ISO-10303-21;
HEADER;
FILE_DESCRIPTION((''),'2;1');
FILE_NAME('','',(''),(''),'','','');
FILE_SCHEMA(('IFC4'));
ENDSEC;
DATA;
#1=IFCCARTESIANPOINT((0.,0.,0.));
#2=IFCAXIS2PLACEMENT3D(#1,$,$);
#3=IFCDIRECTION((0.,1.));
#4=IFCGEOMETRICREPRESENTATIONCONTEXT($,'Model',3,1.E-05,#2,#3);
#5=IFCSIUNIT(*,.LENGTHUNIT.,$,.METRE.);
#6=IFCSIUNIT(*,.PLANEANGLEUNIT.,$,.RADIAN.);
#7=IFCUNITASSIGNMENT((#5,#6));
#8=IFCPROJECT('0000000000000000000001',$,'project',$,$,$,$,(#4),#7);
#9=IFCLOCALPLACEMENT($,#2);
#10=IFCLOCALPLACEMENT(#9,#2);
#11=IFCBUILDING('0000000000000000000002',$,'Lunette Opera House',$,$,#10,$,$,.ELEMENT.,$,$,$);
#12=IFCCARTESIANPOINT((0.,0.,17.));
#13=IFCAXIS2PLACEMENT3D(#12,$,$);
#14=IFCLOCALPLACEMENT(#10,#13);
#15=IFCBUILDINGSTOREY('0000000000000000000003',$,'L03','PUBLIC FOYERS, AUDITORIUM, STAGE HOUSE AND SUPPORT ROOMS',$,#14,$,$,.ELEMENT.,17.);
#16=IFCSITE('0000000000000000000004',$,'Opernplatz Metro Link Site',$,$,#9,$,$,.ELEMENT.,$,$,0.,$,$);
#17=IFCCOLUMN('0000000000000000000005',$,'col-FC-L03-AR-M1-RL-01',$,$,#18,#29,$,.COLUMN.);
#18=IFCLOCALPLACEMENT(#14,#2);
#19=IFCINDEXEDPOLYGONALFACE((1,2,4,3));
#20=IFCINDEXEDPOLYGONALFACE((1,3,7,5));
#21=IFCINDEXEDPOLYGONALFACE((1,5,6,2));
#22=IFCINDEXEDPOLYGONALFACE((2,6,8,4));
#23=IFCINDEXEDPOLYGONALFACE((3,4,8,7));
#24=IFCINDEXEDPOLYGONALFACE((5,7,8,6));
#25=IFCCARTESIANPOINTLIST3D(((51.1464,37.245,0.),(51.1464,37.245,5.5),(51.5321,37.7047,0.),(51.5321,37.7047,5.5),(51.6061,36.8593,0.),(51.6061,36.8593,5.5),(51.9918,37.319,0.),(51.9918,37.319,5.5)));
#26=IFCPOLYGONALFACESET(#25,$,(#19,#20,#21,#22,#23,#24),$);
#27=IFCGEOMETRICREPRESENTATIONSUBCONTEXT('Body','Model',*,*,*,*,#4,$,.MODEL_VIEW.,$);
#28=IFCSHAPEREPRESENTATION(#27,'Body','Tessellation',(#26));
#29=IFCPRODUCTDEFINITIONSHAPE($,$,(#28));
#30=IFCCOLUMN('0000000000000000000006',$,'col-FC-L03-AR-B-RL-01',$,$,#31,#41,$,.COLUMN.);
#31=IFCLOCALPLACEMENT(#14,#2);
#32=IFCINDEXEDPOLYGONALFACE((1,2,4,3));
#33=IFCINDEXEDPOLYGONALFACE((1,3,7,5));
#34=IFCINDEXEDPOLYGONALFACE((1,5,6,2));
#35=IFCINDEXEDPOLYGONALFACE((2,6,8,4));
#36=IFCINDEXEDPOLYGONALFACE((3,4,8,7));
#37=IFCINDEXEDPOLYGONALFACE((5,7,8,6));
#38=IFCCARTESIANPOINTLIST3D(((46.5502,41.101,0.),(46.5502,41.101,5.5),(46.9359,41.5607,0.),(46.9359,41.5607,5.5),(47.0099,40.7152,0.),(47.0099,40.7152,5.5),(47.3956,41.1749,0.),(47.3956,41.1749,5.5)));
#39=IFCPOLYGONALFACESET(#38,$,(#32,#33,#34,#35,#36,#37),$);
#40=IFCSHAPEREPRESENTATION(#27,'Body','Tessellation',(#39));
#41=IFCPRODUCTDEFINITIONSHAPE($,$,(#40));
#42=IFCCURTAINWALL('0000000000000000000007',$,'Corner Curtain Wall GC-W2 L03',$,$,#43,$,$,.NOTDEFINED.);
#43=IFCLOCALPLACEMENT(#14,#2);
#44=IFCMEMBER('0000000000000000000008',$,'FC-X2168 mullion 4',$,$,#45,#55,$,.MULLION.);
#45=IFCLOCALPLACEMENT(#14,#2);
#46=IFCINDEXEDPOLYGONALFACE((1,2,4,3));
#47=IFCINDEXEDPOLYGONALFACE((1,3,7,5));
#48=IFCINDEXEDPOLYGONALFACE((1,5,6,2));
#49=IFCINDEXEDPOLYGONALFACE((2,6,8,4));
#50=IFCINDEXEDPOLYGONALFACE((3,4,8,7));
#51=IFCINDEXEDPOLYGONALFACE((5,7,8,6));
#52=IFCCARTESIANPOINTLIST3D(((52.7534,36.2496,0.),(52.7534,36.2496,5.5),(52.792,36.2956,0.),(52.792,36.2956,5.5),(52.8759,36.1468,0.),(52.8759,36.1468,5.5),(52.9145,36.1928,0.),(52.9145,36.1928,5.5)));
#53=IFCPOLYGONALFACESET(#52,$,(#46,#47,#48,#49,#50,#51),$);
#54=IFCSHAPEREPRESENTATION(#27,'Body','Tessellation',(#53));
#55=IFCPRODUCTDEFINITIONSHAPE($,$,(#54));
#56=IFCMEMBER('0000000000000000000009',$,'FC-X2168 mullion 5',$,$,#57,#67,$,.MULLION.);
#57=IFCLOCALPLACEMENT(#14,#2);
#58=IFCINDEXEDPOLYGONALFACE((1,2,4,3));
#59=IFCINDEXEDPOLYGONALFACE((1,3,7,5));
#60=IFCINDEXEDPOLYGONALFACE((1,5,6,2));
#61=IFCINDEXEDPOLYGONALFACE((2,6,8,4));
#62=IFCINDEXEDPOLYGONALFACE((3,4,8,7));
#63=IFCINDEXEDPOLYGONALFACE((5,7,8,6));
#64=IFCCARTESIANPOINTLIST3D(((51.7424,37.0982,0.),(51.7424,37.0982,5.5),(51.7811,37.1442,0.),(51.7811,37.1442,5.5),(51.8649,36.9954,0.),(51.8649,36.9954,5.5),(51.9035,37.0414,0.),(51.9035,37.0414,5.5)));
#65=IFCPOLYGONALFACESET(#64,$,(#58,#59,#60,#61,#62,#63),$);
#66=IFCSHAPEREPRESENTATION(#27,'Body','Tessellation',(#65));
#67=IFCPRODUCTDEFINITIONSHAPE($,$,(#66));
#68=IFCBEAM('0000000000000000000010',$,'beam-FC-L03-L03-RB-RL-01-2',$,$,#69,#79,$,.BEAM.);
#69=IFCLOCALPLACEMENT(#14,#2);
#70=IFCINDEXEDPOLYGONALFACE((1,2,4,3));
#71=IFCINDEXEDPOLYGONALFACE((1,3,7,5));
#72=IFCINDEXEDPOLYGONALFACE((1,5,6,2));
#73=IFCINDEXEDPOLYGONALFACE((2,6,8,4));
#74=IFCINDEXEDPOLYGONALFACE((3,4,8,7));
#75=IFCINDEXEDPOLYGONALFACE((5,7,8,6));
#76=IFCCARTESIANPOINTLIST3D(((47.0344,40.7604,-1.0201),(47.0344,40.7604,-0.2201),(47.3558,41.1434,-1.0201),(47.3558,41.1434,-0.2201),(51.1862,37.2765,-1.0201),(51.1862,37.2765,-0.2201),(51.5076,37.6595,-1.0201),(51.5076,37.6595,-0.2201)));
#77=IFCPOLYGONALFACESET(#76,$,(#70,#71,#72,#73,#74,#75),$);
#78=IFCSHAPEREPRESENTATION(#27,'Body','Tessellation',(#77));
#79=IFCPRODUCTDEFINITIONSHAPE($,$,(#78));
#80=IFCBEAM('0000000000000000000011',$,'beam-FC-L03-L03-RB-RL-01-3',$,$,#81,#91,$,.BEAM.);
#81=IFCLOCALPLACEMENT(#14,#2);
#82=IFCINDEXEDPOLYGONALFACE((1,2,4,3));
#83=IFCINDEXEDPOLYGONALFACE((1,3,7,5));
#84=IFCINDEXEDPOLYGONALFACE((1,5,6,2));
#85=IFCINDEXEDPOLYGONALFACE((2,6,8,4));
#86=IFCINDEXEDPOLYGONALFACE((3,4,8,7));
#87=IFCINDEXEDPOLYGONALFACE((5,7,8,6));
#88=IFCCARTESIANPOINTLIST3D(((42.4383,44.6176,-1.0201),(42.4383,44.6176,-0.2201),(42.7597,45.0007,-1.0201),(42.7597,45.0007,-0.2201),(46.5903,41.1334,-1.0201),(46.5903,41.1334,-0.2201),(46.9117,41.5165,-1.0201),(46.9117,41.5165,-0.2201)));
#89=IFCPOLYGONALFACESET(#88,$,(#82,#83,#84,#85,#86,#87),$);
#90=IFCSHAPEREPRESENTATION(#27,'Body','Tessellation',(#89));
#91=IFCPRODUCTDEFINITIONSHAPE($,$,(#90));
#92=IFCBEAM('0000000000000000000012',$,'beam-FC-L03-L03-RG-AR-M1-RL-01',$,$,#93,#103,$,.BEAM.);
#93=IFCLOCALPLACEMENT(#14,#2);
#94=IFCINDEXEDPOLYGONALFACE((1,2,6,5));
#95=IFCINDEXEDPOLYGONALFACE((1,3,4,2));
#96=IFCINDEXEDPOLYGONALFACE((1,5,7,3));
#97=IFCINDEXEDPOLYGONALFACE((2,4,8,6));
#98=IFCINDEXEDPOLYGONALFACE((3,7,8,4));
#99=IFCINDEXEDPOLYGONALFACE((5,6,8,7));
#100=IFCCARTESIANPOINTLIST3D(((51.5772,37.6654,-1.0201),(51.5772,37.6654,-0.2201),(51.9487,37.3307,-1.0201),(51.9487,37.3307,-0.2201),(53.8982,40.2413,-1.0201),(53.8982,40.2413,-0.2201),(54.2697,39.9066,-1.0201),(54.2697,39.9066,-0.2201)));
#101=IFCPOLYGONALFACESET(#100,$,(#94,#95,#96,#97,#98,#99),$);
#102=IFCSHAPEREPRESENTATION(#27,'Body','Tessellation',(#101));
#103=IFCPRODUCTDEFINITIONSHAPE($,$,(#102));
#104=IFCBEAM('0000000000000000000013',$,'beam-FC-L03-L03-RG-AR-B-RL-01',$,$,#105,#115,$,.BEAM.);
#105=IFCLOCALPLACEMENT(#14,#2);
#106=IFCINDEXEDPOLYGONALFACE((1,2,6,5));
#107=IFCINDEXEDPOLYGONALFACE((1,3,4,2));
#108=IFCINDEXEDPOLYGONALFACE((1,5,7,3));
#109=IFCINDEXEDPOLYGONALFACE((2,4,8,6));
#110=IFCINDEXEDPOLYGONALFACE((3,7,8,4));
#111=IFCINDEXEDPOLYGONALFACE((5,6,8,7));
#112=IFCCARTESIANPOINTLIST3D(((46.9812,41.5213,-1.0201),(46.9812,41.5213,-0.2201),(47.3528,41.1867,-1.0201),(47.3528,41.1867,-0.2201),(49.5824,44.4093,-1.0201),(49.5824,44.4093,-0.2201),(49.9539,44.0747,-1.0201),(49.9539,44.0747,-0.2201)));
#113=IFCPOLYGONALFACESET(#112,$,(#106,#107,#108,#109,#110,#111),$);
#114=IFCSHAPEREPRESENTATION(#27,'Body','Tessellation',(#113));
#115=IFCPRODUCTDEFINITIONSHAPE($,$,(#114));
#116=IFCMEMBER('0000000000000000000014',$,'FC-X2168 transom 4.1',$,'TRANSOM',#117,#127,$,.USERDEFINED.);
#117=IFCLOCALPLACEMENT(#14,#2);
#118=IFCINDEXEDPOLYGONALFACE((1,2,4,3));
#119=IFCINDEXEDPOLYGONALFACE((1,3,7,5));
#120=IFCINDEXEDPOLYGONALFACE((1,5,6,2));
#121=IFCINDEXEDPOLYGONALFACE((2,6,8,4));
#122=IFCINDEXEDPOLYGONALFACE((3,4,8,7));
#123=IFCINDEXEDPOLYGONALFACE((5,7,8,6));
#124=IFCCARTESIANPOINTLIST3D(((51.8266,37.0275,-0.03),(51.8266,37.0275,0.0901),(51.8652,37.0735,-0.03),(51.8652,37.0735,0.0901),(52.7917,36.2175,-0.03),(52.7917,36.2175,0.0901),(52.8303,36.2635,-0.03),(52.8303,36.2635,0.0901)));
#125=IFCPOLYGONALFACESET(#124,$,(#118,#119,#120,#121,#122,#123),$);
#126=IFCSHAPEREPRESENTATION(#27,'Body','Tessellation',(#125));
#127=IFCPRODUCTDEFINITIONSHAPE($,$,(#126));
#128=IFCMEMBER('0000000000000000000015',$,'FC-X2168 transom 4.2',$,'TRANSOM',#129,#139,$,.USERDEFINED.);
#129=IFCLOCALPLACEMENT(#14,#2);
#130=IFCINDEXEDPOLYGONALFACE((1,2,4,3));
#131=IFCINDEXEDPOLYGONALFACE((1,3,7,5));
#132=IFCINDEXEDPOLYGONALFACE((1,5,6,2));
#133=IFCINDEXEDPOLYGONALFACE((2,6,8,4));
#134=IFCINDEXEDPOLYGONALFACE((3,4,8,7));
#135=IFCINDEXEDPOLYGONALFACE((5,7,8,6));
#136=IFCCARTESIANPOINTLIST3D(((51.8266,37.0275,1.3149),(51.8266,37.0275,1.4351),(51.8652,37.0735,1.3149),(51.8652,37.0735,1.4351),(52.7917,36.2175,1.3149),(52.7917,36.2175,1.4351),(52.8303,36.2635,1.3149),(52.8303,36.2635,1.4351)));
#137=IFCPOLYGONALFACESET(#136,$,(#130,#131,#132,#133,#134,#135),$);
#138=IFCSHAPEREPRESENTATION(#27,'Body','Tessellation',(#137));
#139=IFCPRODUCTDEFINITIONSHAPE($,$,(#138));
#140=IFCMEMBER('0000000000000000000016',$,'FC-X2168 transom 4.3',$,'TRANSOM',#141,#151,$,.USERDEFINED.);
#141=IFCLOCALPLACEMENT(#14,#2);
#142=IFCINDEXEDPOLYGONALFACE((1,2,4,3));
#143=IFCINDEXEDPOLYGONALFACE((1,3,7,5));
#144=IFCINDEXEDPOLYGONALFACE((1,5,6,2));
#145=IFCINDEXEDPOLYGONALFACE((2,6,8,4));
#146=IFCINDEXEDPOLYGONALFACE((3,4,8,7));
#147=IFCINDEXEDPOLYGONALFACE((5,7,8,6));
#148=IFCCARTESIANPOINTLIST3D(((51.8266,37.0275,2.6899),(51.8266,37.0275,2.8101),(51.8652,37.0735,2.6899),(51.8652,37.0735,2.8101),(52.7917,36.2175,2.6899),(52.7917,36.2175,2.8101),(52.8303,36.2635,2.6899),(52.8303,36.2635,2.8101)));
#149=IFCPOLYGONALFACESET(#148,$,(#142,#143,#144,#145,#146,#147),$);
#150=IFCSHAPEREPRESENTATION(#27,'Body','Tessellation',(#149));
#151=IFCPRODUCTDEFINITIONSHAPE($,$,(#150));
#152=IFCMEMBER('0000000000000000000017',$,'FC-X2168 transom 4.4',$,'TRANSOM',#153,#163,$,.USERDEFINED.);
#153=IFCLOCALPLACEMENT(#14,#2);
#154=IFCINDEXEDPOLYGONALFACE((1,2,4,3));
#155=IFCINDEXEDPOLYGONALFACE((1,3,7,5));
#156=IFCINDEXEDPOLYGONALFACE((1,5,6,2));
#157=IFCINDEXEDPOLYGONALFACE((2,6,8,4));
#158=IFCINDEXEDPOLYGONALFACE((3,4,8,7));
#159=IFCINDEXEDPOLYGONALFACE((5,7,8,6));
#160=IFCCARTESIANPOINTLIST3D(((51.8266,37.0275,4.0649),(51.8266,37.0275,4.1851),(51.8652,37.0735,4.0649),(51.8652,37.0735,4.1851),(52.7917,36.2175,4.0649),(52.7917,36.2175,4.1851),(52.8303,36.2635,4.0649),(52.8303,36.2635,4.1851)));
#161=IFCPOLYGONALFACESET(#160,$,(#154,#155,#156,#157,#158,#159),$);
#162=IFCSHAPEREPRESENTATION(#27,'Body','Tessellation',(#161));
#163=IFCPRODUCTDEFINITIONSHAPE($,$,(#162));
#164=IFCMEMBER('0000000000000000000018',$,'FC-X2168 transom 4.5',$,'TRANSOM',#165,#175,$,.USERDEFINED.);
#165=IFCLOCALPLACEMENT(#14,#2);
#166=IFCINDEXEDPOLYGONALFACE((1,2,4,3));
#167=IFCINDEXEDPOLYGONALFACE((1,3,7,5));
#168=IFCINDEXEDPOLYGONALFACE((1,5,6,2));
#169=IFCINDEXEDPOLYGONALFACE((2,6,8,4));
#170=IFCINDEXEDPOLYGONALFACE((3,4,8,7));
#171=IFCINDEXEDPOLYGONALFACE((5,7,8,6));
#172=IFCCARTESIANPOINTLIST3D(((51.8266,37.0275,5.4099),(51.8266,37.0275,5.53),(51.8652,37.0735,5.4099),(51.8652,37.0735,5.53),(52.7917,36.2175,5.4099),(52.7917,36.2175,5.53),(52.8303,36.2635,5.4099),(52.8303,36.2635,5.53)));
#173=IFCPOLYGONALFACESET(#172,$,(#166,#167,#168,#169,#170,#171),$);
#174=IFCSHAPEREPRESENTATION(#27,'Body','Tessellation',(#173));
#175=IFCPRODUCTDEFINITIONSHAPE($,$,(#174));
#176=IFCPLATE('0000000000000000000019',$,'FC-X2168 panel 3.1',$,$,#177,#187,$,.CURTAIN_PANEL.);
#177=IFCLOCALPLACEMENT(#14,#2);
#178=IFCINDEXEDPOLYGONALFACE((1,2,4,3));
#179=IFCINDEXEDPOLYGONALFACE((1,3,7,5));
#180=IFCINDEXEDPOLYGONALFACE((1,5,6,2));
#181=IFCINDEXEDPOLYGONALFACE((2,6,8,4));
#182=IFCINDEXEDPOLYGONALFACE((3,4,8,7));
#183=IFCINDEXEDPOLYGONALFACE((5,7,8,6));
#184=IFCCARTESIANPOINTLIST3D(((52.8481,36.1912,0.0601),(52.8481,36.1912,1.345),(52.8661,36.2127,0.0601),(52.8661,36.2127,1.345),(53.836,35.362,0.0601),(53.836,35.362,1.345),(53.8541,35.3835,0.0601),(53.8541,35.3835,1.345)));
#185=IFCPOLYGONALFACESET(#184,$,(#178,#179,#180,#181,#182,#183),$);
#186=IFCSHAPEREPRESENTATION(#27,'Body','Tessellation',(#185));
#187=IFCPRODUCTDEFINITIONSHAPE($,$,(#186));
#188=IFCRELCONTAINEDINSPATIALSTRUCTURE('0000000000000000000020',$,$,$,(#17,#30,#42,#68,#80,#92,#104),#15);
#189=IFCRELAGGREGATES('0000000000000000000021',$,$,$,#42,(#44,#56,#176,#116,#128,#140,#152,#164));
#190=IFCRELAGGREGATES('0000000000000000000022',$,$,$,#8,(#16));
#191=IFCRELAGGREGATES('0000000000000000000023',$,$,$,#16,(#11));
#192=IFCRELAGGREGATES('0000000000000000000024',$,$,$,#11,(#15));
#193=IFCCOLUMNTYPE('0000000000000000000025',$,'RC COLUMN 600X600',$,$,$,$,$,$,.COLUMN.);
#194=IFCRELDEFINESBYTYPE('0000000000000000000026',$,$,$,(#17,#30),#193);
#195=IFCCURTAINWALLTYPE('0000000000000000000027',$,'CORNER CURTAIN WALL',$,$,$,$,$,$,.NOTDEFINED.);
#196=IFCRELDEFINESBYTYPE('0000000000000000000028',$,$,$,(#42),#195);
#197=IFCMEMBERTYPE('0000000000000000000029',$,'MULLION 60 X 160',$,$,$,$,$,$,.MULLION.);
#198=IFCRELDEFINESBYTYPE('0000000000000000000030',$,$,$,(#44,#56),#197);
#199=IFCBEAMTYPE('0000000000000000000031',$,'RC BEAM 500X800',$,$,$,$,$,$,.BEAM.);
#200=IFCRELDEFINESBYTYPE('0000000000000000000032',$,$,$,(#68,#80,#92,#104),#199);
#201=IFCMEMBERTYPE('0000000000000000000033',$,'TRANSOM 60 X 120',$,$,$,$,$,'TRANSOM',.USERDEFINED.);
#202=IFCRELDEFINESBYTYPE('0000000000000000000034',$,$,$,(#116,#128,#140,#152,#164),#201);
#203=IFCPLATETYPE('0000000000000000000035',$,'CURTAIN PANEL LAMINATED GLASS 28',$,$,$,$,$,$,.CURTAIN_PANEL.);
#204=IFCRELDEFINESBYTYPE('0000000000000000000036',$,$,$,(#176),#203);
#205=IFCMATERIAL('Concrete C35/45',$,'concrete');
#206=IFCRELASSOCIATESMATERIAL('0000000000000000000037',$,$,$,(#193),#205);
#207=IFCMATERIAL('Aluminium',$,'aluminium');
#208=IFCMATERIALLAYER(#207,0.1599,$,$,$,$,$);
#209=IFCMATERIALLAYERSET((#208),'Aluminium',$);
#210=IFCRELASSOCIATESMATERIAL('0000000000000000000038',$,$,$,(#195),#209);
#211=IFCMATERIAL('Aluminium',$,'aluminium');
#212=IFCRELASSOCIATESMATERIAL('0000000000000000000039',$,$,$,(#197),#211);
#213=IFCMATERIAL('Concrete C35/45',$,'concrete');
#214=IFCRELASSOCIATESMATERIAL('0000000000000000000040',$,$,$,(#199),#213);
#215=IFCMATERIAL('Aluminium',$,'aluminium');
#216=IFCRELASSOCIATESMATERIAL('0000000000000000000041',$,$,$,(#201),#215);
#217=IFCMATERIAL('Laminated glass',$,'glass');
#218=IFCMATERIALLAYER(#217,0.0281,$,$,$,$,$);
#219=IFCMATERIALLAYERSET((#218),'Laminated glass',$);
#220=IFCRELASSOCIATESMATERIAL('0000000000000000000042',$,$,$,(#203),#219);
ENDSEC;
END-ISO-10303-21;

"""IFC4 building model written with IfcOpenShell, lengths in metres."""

from ifc_helpers import new_model, si_unit, direction, frame, origin, origin_2d, place, context, subcontext, project, spatial, rectangle, extrude, material, layer, layer_set, material_profile, profile_set, type_object, element, aggregate, save


model = new_model("IFC4")

# Units and contexts
model_context = context("Model", 3, precision=1e-05, world=origin(), true_north=direction((0.0, 1.0)))
body_context = subcontext(model_context, "Body", "Model", "MODEL_VIEW")
ifc_project = project(units=[si_unit("LENGTHUNIT", "METRE"), si_unit("PLANEANGLEUNIT", "RADIAN")], contexts=[model_context])

# Site, building, storey
site_placement = place(None, origin())
site = spatial("IfcSite", under=ifc_project, at=site_placement, Name="Opernplatz Metro Link Site", CompositionType="ELEMENT", RefElevation=0.0)
building_placement = place(site_placement, origin())
building = spatial("IfcBuilding", under=site, at=building_placement, Name="Lunette Opera House", CompositionType="ELEMENT")
storey_placement = place(building_placement, frame((0.0, 0.0, 17.0)))
storey = spatial("IfcBuildingStorey", under=building, at=storey_placement, Name="L03", Description="PUBLIC FOYERS, AUDITORIUM, STAGE HOUSE AND SUPPORT ROOMS", CompositionType="ELEMENT", Elevation=17.0)

# Columns
ifc_material_1 = material(Name="Concrete C35/45", Category="concrete")
ifc_material_profile_1 = material_profile(ifc_material_1, rectangle(XDim=0.6001, YDim=0.6001, at=origin_2d()), Name="RC COLUMN 600X600")
ifc_profile_set_1 = profile_set([ifc_material_profile_1], Name="Concrete C35/45")
column_type = type_object("IfcColumnType", Name="RC COLUMN 600X600", PredefinedType="COLUMN", material=ifc_profile_set_1)
for number, where, z_axis, x_axis, name in (
    (1, (51.5691, 37.282, 0.0), (0.0, 0.0, 1.0), (0.642788, 0.766044, 0.0), "col-FC-L03-AR-M1-RL-01"),
    (2, (46.9729, 41.1379, 0.0), (0.0, 0.0, 1.0), (0.642788, 0.766044, 0.0), "col-FC-L03-AR-B-RL-01"),
):
    element("IfcColumn", number, at=place(storey_placement, frame(where, z_axis=z_axis, x_axis=x_axis)), inside=storey, type_object=column_type, Name=name, PredefinedType="COLUMN", context=body_context, shape_type="SweptSolid", body=[
        extrude(rectangle(XDim=0.6001, YDim=0.6001, at=origin_2d()), origin(), (0.0, 0.0, 1.0), 5.5),
    ])

# Curtain wall, members
ifc_material_2 = material(Name="Aluminium", Category="aluminium")
ifc_layer_1 = layer(ifc_material_2, 0.1599)
ifc_layer_set_1 = layer_set([ifc_layer_1], Name="Aluminium")
curtain_wall_type = type_object("IfcCurtainWallType", Name="CORNER CURTAIN WALL", PredefinedType="NOTDEFINED", material=ifc_layer_set_1)
curtain_wall_placement = place(storey_placement, origin())
curtain_wall = element("IfcCurtainWall", 3, at=curtain_wall_placement, inside=storey, type_object=curtain_wall_type, Name="Corner Curtain Wall GC-W2 L03", PredefinedType="NOTDEFINED")
ifc_material_3 = material(Name="Aluminium", Category="aluminium")
ifc_material_profile_2 = material_profile(ifc_material_3, rectangle(XDim=0.0601, YDim=0.1599, at=origin_2d()), Name="MULLION 60 X 160")
ifc_profile_set_2 = profile_set([ifc_material_profile_2], Name="Aluminium")
member_type_1 = type_object("IfcMemberType", Name="MULLION 60 X 160", PredefinedType="MULLION", material=ifc_profile_set_2)
member_1_placement = place(storey_placement, frame((52.834, 36.2212, 0.0), z_axis=(0.0, 0.0, 1.0), x_axis=(-0.64284, -0.766, 0.0)))
member_1 = element("IfcMember", 4, at=member_1_placement, type_object=member_type_1, Name="FC-X2168 mullion 4", PredefinedType="MULLION", context=body_context, shape_type="SweptSolid", body=[
    extrude(rectangle(XDim=0.0601, YDim=0.1599, at=origin_2d()), origin(), (0.0, 0.0, 1.0), 5.5),
])
member_2_placement = place(storey_placement, frame((51.823, 37.0698, 0.0), z_axis=(0.0, 0.0, 1.0), x_axis=(-0.64284, -0.766, 0.0)))
member_2 = element("IfcMember", 5, at=member_2_placement, type_object=member_type_1, Name="FC-X2168 mullion 5", PredefinedType="MULLION", context=body_context, shape_type="SweptSolid", body=[
    extrude(rectangle(XDim=0.0601, YDim=0.1599, at=origin_2d()), origin(), (0.0, 0.0, 1.0), 5.5),
])

# Beams
ifc_material_4 = material(Name="Concrete C35/45", Category="concrete")
ifc_material_profile_3 = material_profile(ifc_material_4, rectangle(XDim=0.5, YDim=0.8, at=origin_2d()), Name="RC BEAM 500X800")
ifc_profile_set_3 = profile_set([ifc_material_profile_3], Name="Concrete C35/45")
beam_type = type_object("IfcBeamType", Name="RC BEAM 500X800", PredefinedType="BEAM", material=ifc_profile_set_3)
beam_1_placement = place(storey_placement, frame((51.3469, 37.468, -0.6201), z_axis=(-0.766038, 0.642795, 0.0), x_axis=(-0.642795, -0.766038, 0.0)))
element("IfcBeam", 6, at=beam_1_placement, inside=storey, type_object=beam_type, Name="beam-FC-L03-L03-RB-RL-01-2", PredefinedType="BEAM", context=body_context, shape_type="SweptSolid", body=[
    extrude(rectangle(XDim=0.5, YDim=0.8, at=origin_2d()), origin(), (0.0, 0.0, 1.0), 5.4199),
])
beam_2_placement = place(storey_placement, frame((46.751, 41.325, -0.6201), z_axis=(-0.766016, 0.642821, 0.0), x_axis=(-0.642821, -0.766016, 0.0)))
element("IfcBeam", 7, at=beam_2_placement, inside=storey, type_object=beam_type, Name="beam-FC-L03-L03-RB-RL-01-3", PredefinedType="BEAM", context=body_context, shape_type="SweptSolid", body=[
    extrude(rectangle(XDim=0.5, YDim=0.8, at=origin_2d()), origin(), (0.0, 0.0, 1.0), 5.4202),
])
beam_3_placement = place(storey_placement, frame((51.7629, 37.498, -0.6201), z_axis=(0.669396, 0.742905, 0.0), x_axis=(-0.742905, 0.669396, 0.0)))
element("IfcBeam", 8, at=beam_3_placement, inside=storey, type_object=beam_type, Name="beam-FC-L03-L03-RG-AR-M1-RL-01", PredefinedType="BEAM", context=body_context, shape_type="SweptSolid", body=[
    extrude(rectangle(XDim=0.5, YDim=0.8, at=origin_2d()), origin(), (0.0, 0.0, 1.0), 3.4673),
])
beam_4_placement = place(storey_placement, frame((47.167, 41.354, -0.6201), z_axis=(0.669239, 0.743047, 0.0), x_axis=(-0.743047, 0.669239, 0.0)))
element("IfcBeam", 9, at=beam_4_placement, inside=storey, type_object=beam_type, Name="beam-FC-L03-L03-RG-AR-B-RL-01", PredefinedType="BEAM", context=body_context, shape_type="SweptSolid", body=[
    extrude(rectangle(XDim=0.5, YDim=0.8, at=origin_2d()), origin(), (0.0, 0.0, 1.0), 3.8867),
])

# Members
ifc_material_5 = material(Name="Aluminium", Category="aluminium")
ifc_material_profile_4 = material_profile(ifc_material_5, rectangle(XDim=0.0601, YDim=0.1201, at=origin_2d()), Name="TRANSOM 60 X 120")
ifc_profile_set_4 = profile_set([ifc_material_profile_4], Name="Aluminium")
member_type_2 = type_object("IfcMemberType", Name="TRANSOM 60 X 120", ElementType="TRANSOM", PredefinedType="USERDEFINED", material=ifc_profile_set_4)
member_3_placement = place(storey_placement, frame((52.811, 36.2405, 0.03), z_axis=(-0.765945, 0.642906, 0.0), x_axis=(-0.642906, -0.765945, 0.0)))
member_3 = element("IfcMember", 10, at=member_3_placement, type_object=member_type_2, Name="FC-X2168 transom 4.1", ObjectType="TRANSOM", PredefinedType="USERDEFINED", context=body_context, shape_type="SweptSolid", body=[
    extrude(rectangle(XDim=0.0601, YDim=0.1201, at=origin_2d()), origin(), (0.0, 0.0, 1.0), 1.26),
])
member_4_placement = place(storey_placement, frame((52.811, 36.2405, 1.375), z_axis=(-0.765945, 0.642906, 0.0), x_axis=(-0.642906, -0.765945, 0.0)))
member_4 = element("IfcMember", 11, at=member_4_placement, type_object=member_type_2, Name="FC-X2168 transom 4.2", ObjectType="TRANSOM", PredefinedType="USERDEFINED", context=body_context, shape_type="SweptSolid", body=[
    extrude(rectangle(XDim=0.0601, YDim=0.1201, at=origin_2d()), origin(), (0.0, 0.0, 1.0), 1.26),
])
member_5_placement = place(storey_placement, frame((52.811, 36.2405, 2.75), z_axis=(-0.765945, 0.642906, 0.0), x_axis=(-0.642906, -0.765945, 0.0)))
member_5 = element("IfcMember", 12, at=member_5_placement, type_object=member_type_2, Name="FC-X2168 transom 4.3", ObjectType="TRANSOM", PredefinedType="USERDEFINED", context=body_context, shape_type="SweptSolid", body=[
    extrude(rectangle(XDim=0.0601, YDim=0.1201, at=origin_2d()), origin(), (0.0, 0.0, 1.0), 1.26),
])
member_6_placement = place(storey_placement, frame((52.811, 36.2405, 4.125), z_axis=(-0.765945, 0.642906, 0.0), x_axis=(-0.642906, -0.765945, 0.0)))
member_6 = element("IfcMember", 13, at=member_6_placement, type_object=member_type_2, Name="FC-X2168 transom 4.4", ObjectType="TRANSOM", PredefinedType="USERDEFINED", context=body_context, shape_type="SweptSolid", body=[
    extrude(rectangle(XDim=0.0601, YDim=0.1201, at=origin_2d()), origin(), (0.0, 0.0, 1.0), 1.26),
])
member_7_placement = place(storey_placement, frame((52.811, 36.2405, 5.47), z_axis=(-0.765945, 0.642906, 0.0), x_axis=(-0.642906, -0.765945, 0.0)))
member_7 = element("IfcMember", 14, at=member_7_placement, type_object=member_type_2, Name="FC-X2168 transom 4.5", ObjectType="TRANSOM", PredefinedType="USERDEFINED", context=body_context, shape_type="SweptSolid", body=[
    extrude(rectangle(XDim=0.0601, YDim=0.1201, at=origin_2d()), origin(), (0.0, 0.0, 1.0), 1.26),
])

# Plate
ifc_material_6 = material(Name="Laminated glass", Category="glass")
ifc_layer_2 = layer(ifc_material_6, 0.0281)
ifc_layer_set_2 = layer_set([ifc_layer_2], Name="Laminated glass")
plate_type = type_object("IfcPlateType", Name="CURTAIN PANEL LAMINATED GLASS 28", PredefinedType="CURTAIN_PANEL", material=ifc_layer_set_2)
plate_1_placement = place(storey_placement, frame((53.3511, 35.7874, 0.0601), z_axis=(0.0, 0.0, 1.0), x_axis=(-0.766, 0.64284, 0.0)))
plate_1 = element("IfcPlate", 15, at=plate_1_placement, type_object=plate_type, Name="FC-X2168 panel 3.1", PredefinedType="CURTAIN_PANEL", context=body_context, shape_type="SweptSolid", body=[
    extrude(rectangle(XDim=1.2898, YDim=0.0281, at=origin_2d()), origin(), (0.0, 0.0, 1.0), 1.2849),
])
aggregate(curtain_wall, [member_1, member_2, plate_1, member_3, member_4, member_5, member_6, member_7])

save(model, "model.ifc")
